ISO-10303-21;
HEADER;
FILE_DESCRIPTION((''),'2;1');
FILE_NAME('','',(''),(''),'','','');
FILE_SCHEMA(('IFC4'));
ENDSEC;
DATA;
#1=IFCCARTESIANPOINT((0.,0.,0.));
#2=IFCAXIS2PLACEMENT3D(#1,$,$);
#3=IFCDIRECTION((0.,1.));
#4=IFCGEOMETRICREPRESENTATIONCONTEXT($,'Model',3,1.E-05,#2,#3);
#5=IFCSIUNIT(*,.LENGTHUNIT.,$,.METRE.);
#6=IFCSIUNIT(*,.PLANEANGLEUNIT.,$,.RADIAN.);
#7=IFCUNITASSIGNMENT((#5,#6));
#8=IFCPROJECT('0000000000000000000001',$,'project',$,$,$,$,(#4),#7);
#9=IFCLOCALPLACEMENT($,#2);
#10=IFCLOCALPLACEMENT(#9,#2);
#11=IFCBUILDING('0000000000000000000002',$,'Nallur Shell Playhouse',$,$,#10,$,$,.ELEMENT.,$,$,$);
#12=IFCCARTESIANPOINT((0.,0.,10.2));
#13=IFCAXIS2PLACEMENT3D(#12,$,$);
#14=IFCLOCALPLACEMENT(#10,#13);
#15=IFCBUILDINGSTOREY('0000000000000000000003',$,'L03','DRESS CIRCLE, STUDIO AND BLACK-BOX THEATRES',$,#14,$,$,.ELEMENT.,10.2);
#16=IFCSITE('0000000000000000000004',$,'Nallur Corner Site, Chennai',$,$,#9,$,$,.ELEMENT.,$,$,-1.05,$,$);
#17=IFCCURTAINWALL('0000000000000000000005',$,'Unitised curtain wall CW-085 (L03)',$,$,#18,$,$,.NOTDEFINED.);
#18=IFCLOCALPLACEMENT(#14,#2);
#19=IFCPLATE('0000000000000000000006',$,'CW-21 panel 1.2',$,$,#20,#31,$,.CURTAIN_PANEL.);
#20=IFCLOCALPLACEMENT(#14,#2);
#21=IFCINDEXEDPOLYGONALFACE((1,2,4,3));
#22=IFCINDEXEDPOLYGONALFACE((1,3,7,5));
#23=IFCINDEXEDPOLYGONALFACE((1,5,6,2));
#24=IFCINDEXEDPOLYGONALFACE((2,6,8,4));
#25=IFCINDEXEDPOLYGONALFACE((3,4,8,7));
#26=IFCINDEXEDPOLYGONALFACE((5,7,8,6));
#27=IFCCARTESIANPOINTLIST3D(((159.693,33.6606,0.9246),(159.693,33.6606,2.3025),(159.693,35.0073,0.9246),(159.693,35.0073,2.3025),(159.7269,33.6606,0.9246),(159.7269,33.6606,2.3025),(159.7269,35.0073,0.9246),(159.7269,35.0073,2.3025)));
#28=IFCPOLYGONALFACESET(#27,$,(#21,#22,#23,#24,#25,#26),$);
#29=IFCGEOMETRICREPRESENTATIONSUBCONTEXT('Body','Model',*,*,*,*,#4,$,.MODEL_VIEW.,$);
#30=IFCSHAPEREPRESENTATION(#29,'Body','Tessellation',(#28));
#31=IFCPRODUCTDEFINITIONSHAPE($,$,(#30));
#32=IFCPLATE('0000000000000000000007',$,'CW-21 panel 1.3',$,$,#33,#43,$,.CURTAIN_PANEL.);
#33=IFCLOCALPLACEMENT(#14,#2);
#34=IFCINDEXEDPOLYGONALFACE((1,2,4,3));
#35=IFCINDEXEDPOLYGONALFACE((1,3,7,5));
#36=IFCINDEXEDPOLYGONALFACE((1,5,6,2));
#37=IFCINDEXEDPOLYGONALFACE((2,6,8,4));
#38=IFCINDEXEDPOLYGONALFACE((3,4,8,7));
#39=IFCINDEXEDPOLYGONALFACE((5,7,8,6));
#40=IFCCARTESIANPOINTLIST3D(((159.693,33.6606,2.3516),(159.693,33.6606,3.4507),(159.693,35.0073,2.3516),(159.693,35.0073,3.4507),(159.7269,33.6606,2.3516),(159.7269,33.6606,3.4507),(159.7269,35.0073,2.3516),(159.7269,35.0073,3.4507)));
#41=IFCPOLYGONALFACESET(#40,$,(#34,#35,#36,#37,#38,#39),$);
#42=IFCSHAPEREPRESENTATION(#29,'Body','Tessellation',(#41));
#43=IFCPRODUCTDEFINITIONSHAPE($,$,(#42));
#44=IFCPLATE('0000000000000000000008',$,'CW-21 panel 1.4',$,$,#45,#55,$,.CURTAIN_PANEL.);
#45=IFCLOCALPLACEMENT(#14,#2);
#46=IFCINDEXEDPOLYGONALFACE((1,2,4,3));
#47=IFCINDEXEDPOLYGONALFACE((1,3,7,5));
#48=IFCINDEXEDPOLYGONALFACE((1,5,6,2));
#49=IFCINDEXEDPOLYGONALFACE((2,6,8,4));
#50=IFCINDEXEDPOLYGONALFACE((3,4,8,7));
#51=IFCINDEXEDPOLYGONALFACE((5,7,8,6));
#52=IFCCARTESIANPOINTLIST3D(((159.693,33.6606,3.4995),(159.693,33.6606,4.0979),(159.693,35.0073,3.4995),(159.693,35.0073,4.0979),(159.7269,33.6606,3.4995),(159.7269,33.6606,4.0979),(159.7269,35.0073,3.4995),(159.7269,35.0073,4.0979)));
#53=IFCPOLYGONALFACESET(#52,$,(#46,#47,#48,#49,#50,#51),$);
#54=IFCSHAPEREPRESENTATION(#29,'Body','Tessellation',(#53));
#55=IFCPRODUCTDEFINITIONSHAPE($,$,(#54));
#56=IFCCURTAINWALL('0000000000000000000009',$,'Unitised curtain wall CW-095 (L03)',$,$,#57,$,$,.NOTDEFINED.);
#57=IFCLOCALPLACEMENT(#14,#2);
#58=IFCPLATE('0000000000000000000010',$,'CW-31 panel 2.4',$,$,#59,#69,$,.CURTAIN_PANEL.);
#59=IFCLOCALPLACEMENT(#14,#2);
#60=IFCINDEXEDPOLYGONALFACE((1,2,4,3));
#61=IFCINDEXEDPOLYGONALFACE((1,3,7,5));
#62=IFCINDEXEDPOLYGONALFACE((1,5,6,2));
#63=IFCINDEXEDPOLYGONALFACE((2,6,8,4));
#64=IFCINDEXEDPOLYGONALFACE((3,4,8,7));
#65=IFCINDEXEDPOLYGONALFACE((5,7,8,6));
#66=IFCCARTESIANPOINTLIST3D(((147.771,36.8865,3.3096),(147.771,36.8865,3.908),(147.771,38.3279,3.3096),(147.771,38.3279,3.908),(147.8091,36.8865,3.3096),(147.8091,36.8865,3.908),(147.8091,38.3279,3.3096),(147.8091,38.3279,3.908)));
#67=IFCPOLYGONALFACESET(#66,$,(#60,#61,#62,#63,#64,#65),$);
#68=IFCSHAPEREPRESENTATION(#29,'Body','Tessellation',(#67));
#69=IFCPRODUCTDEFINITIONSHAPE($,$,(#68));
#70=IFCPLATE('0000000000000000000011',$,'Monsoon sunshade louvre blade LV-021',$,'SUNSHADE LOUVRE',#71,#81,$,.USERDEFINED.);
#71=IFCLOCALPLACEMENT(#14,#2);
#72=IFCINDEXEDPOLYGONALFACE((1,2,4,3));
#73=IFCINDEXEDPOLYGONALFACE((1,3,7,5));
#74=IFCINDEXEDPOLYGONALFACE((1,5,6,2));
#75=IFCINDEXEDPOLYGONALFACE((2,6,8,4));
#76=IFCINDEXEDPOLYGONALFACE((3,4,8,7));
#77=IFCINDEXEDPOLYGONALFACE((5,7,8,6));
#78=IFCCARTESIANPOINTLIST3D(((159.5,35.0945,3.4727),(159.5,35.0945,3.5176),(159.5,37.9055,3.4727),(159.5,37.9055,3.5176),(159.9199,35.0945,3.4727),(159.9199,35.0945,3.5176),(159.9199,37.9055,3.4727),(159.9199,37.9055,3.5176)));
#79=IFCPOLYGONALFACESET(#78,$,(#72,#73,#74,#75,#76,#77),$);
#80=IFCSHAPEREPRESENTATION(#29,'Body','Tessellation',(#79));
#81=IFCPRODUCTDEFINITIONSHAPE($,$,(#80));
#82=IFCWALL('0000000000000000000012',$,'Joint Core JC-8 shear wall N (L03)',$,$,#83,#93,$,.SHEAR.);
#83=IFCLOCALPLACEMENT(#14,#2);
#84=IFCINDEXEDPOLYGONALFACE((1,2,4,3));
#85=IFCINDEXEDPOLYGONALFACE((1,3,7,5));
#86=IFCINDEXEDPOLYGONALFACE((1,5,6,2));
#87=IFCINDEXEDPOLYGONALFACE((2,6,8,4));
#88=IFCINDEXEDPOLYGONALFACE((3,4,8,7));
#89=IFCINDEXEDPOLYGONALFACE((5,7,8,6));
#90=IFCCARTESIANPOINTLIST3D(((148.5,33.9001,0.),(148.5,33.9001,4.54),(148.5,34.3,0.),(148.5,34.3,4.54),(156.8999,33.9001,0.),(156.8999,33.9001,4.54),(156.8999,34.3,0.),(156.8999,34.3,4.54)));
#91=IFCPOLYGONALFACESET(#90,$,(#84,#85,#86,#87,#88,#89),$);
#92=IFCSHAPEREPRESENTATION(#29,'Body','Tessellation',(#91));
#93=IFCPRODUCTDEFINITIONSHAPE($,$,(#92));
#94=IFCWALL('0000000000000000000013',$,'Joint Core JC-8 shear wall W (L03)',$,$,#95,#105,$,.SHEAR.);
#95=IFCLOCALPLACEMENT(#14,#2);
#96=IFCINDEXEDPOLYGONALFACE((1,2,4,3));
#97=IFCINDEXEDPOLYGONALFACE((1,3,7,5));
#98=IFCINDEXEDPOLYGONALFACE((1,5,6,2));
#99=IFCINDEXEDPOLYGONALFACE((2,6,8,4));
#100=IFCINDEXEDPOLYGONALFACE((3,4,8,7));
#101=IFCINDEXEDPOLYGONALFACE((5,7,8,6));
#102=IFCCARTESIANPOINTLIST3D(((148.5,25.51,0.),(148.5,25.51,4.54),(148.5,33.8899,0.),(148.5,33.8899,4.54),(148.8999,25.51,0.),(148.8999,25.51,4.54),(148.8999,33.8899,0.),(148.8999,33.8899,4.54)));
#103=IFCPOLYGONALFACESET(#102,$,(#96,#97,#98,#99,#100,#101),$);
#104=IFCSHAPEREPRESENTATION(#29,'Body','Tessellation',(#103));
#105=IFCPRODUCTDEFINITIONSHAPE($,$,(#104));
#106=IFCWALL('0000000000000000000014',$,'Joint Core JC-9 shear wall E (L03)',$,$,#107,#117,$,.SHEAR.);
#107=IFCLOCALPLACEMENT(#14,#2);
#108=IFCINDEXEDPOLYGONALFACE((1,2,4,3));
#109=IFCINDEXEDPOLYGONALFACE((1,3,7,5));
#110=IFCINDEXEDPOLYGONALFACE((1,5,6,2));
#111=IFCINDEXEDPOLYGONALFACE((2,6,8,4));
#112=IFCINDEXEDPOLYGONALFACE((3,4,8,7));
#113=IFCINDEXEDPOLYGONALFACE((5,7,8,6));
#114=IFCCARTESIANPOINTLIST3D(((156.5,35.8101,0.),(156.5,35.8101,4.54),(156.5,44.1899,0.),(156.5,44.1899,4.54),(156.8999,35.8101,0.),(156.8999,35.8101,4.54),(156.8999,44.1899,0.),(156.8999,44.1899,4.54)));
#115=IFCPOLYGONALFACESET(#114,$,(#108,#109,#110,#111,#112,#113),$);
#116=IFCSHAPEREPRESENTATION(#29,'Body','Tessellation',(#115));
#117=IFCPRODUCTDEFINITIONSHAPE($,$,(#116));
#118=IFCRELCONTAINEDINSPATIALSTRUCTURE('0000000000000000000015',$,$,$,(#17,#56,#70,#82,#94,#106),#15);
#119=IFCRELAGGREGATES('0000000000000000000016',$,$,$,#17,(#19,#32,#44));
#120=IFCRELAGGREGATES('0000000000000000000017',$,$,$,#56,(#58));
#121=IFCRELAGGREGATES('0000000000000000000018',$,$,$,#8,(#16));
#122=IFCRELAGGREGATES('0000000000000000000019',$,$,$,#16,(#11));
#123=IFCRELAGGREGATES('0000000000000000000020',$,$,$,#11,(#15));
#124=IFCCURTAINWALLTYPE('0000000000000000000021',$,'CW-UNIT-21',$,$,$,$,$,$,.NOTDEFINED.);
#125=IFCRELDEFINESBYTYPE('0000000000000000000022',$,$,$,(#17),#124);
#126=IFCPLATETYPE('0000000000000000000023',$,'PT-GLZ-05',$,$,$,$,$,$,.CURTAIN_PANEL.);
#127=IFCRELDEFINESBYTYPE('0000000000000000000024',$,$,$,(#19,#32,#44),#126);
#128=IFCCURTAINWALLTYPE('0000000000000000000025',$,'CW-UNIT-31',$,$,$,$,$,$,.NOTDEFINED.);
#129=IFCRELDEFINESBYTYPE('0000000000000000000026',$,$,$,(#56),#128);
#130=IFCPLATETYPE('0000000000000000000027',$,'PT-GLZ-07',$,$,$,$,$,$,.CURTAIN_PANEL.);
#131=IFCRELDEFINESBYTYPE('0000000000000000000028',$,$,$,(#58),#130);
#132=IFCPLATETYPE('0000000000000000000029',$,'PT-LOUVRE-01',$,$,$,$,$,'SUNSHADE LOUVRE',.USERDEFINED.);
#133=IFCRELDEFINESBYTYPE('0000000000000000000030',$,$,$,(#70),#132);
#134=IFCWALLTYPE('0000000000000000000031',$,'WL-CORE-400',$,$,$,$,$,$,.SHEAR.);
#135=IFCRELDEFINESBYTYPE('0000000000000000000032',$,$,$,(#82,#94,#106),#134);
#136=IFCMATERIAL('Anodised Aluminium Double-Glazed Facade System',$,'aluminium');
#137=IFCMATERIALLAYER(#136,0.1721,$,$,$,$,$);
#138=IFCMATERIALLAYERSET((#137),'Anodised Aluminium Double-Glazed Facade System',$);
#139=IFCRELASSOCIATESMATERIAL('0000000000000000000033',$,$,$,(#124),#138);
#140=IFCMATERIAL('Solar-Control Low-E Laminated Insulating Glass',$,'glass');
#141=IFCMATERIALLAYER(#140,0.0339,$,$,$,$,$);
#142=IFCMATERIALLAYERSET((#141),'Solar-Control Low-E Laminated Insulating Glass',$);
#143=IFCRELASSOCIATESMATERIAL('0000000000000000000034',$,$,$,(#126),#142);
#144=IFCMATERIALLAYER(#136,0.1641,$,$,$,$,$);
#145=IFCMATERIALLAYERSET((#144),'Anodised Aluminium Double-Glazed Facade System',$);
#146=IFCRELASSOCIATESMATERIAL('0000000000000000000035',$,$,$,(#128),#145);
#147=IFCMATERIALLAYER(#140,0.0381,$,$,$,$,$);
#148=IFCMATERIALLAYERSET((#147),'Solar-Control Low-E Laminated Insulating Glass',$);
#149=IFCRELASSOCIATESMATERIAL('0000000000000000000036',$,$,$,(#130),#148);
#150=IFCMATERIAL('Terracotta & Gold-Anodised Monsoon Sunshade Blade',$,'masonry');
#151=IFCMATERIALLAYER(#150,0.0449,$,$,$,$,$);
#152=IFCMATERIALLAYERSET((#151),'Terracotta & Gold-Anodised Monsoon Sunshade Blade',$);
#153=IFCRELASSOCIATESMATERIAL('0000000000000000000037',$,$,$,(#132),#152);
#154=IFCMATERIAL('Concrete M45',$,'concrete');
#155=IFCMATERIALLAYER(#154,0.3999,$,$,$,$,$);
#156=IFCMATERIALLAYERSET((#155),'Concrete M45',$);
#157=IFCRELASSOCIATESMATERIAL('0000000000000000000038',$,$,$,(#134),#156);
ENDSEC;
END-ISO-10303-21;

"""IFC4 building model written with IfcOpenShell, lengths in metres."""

from ifc_helpers import new_model, si_unit, direction, frame, frame_2d, origin, origin_2d, place, context, subcontext, project, spatial, rectangle, extrude, material, layer, layer_set, type_object, element, aggregate, save


model = new_model("IFC4")

# Units and contexts
model_context = context("Model", 3, precision=1e-05, world=origin(), true_north=direction((0.0, 1.0)))
body_context = subcontext(model_context, "Body", "Model", "MODEL_VIEW")
ifc_project = project(units=[si_unit("LENGTHUNIT", "METRE"), si_unit("PLANEANGLEUNIT", "RADIAN")], contexts=[model_context])

# Site, building, storey
site_placement = place(None, origin())
site = spatial("IfcSite", under=ifc_project, at=site_placement, Name="Nallur Corner Site, Chennai", CompositionType="ELEMENT", RefElevation=-1.05)
building_placement = place(site_placement, origin())
building = spatial("IfcBuilding", under=site, at=building_placement, Name="Nallur Shell Playhouse", CompositionType="ELEMENT")
storey_placement = place(building_placement, frame((0.0, 0.0, 10.2)))
storey = spatial("IfcBuildingStorey", under=building, at=storey_placement, Name="L03", Description="DRESS CIRCLE, STUDIO AND BLACK-BOX THEATRES", CompositionType="ELEMENT", Elevation=10.2)

# Curtain wall
ifc_material_1 = material(Name="Anodised Aluminium Double-Glazed Facade System", Category="aluminium")
ifc_layer_1 = layer(ifc_material_1, 0.1721)
ifc_layer_set_1 = layer_set([ifc_layer_1], Name="Anodised Aluminium Double-Glazed Facade System")
curtain_wall_type_1 = type_object("IfcCurtainWallType", Name="CW-UNIT-21", PredefinedType="NOTDEFINED", material=ifc_layer_set_1)
curtain_wall_1_placement = place(storey_placement, origin())
curtain_wall_1 = element("IfcCurtainWall", 1, at=curtain_wall_1_placement, inside=storey, type_object=curtain_wall_type_1, Name="Unitised curtain wall CW-085 (L03)", PredefinedType="NOTDEFINED")

# Plates
ifc_material_2 = material(Name="Solar-Control Low-E Laminated Insulating Glass", Category="glass")
ifc_layer_2 = layer(ifc_material_2, 0.0339)
ifc_layer_set_2 = layer_set([ifc_layer_2], Name="Solar-Control Low-E Laminated Insulating Glass")
plate_type_1 = type_object("IfcPlateType", Name="PT-GLZ-05", PredefinedType="CURTAIN_PANEL", material=ifc_layer_set_2)
plate_1_placement = place(storey_placement, frame((159.71, 34.334, 0.9246), z_axis=(0.0, 0.0, 1.0), x_axis=(0.0, -1.0, 0.0)))
plate_1 = element("IfcPlate", 2, at=plate_1_placement, type_object=plate_type_1, Name="CW-21 panel 1.2", PredefinedType="CURTAIN_PANEL", context=body_context, shape_type="SweptSolid", body=[
    extrude(rectangle(XDim=1.3467, YDim=0.0339, at=origin_2d()), origin(), (0.0, 0.0, 1.0), 1.3779),
])
plate_2_placement = place(storey_placement, frame((159.71, 34.334, 2.3516), z_axis=(0.0, 0.0, 1.0), x_axis=(0.0, -1.0, 0.0)))
plate_2 = element("IfcPlate", 3, at=plate_2_placement, type_object=plate_type_1, Name="CW-21 panel 1.3", PredefinedType="CURTAIN_PANEL", context=body_context, shape_type="SweptSolid", body=[
    extrude(rectangle(XDim=1.3467, YDim=0.0339, at=origin_2d()), origin(), (0.0, 0.0, 1.0), 1.0991),
])
plate_3_placement = place(storey_placement, frame((159.71, 34.334, 3.4995), z_axis=(0.0, 0.0, 1.0), x_axis=(0.0, -1.0, 0.0)))
plate_3 = element("IfcPlate", 4, at=plate_3_placement, type_object=plate_type_1, Name="CW-21 panel 1.4", PredefinedType="CURTAIN_PANEL", context=body_context, shape_type="SweptSolid", body=[
    extrude(rectangle(XDim=1.3467, YDim=0.0339, at=origin_2d()), origin(), (0.0, 0.0, 1.0), 0.5984),
])
aggregate(curtain_wall_1, [plate_1, plate_2, plate_3])

# Curtain wall, plate
ifc_layer_3 = layer(ifc_material_1, 0.1641)
ifc_layer_set_3 = layer_set([ifc_layer_3], Name="Anodised Aluminium Double-Glazed Facade System")
curtain_wall_type_2 = type_object("IfcCurtainWallType", Name="CW-UNIT-31", PredefinedType="NOTDEFINED", material=ifc_layer_set_3)
curtain_wall_2_placement = place(storey_placement, origin())
curtain_wall_2 = element("IfcCurtainWall", 5, at=curtain_wall_2_placement, inside=storey, type_object=curtain_wall_type_2, Name="Unitised curtain wall CW-095 (L03)", PredefinedType="NOTDEFINED")
ifc_layer_4 = layer(ifc_material_2, 0.0381)
ifc_layer_set_4 = layer_set([ifc_layer_4], Name="Solar-Control Low-E Laminated Insulating Glass")
plate_type_2 = type_object("IfcPlateType", Name="PT-GLZ-07", PredefinedType="CURTAIN_PANEL", material=ifc_layer_set_4)
plate_4_placement = place(storey_placement, frame((147.79, 37.6072, 3.3096), z_axis=(0.0, 0.0, 1.0), x_axis=(0.0, 1.0, 0.0)))
plate_4 = element("IfcPlate", 6, at=plate_4_placement, type_object=plate_type_2, Name="CW-31 panel 2.4", PredefinedType="CURTAIN_PANEL", context=body_context, shape_type="SweptSolid", body=[
    extrude(rectangle(XDim=1.4414, YDim=0.0381, at=origin_2d()), origin(), (0.0, 0.0, 1.0), 0.5984),
])
aggregate(curtain_wall_2, [plate_4])

# Plate
ifc_material_3 = material(Name="Terracotta & Gold-Anodised Monsoon Sunshade Blade", Category="masonry")
ifc_layer_5 = layer(ifc_material_3, 0.0449)
ifc_layer_set_5 = layer_set([ifc_layer_5], Name="Terracotta & Gold-Anodised Monsoon Sunshade Blade")
plate_type_3 = type_object("IfcPlateType", Name="PT-LOUVRE-01", ElementType="SUNSHADE LOUVRE", PredefinedType="USERDEFINED", material=ifc_layer_set_5)
plate_5_placement = place(storey_placement, frame((159.71, 36.5, 3.4727), z_axis=(0.0, 0.0, 1.0), x_axis=(0.0, -1.0, 0.0)))
element("IfcPlate", 7, at=plate_5_placement, inside=storey, type_object=plate_type_3, Name="Monsoon sunshade louvre blade LV-021", ObjectType="SUNSHADE LOUVRE", PredefinedType="USERDEFINED", context=body_context, shape_type="SweptSolid", body=[
    extrude(rectangle(XDim=2.811, YDim=0.4199, at=origin_2d()), origin(), (0.0, 0.0, 1.0), 0.0449),
])

# Walls
ifc_material_4 = material(Name="Concrete M45", Category="concrete")
ifc_layer_6 = layer(ifc_material_4, 0.3999)
ifc_layer_set_6 = layer_set([ifc_layer_6], Name="Concrete M45")
wall_type = type_object("IfcWallType", Name="WL-CORE-400", PredefinedType="SHEAR", material=ifc_layer_set_6)
wall_1_placement = place(storey_placement, frame((156.8999, 34.1001, 0.0), z_axis=(0.0, 0.0, 1.0), x_axis=(-1.0, 0.0, 0.0)))
element("IfcWall", 8, at=wall_1_placement, inside=storey, type_object=wall_type, Name="Joint Core JC-8 shear wall N (L03)", PredefinedType="SHEAR", context=body_context, shape_type="SweptSolid", body=[
    extrude(rectangle(XDim=8.3999, YDim=0.3999, at=frame_2d((4.2, 0.0))), origin(), (0.0, 0.0, 1.0), 4.54),
])
wall_2_placement = place(storey_placement, frame((148.7, 33.8899, 0.0), z_axis=(0.0, 0.0, 1.0), x_axis=(0.0, -1.0, 0.0)))
element("IfcWall", 9, at=wall_2_placement, inside=storey, type_object=wall_type, Name="Joint Core JC-8 shear wall W (L03)", PredefinedType="SHEAR", context=body_context, shape_type="SweptSolid", body=[
    extrude(rectangle(XDim=8.3799, YDim=0.3999, at=frame_2d((4.1899, 0.0))), origin(), (0.0, 0.0, 1.0), 4.54),
])

# Wall
wall_3_placement = place(storey_placement, frame((156.7, 35.8101, 0.0), z_axis=(0.0, 0.0, 1.0), x_axis=(0.0, 1.0, 0.0)))
element("IfcWall", 10, at=wall_3_placement, inside=storey, type_object=wall_type, Name="Joint Core JC-9 shear wall E (L03)", PredefinedType="SHEAR", context=body_context, shape_type="SweptSolid", body=[
    extrude(rectangle(XDim=8.3799, YDim=0.3999, at=frame_2d((4.1899, 0.0))), origin(), (0.0, 0.0, 1.0), 4.54),
])

save(model, "model.ifc")
